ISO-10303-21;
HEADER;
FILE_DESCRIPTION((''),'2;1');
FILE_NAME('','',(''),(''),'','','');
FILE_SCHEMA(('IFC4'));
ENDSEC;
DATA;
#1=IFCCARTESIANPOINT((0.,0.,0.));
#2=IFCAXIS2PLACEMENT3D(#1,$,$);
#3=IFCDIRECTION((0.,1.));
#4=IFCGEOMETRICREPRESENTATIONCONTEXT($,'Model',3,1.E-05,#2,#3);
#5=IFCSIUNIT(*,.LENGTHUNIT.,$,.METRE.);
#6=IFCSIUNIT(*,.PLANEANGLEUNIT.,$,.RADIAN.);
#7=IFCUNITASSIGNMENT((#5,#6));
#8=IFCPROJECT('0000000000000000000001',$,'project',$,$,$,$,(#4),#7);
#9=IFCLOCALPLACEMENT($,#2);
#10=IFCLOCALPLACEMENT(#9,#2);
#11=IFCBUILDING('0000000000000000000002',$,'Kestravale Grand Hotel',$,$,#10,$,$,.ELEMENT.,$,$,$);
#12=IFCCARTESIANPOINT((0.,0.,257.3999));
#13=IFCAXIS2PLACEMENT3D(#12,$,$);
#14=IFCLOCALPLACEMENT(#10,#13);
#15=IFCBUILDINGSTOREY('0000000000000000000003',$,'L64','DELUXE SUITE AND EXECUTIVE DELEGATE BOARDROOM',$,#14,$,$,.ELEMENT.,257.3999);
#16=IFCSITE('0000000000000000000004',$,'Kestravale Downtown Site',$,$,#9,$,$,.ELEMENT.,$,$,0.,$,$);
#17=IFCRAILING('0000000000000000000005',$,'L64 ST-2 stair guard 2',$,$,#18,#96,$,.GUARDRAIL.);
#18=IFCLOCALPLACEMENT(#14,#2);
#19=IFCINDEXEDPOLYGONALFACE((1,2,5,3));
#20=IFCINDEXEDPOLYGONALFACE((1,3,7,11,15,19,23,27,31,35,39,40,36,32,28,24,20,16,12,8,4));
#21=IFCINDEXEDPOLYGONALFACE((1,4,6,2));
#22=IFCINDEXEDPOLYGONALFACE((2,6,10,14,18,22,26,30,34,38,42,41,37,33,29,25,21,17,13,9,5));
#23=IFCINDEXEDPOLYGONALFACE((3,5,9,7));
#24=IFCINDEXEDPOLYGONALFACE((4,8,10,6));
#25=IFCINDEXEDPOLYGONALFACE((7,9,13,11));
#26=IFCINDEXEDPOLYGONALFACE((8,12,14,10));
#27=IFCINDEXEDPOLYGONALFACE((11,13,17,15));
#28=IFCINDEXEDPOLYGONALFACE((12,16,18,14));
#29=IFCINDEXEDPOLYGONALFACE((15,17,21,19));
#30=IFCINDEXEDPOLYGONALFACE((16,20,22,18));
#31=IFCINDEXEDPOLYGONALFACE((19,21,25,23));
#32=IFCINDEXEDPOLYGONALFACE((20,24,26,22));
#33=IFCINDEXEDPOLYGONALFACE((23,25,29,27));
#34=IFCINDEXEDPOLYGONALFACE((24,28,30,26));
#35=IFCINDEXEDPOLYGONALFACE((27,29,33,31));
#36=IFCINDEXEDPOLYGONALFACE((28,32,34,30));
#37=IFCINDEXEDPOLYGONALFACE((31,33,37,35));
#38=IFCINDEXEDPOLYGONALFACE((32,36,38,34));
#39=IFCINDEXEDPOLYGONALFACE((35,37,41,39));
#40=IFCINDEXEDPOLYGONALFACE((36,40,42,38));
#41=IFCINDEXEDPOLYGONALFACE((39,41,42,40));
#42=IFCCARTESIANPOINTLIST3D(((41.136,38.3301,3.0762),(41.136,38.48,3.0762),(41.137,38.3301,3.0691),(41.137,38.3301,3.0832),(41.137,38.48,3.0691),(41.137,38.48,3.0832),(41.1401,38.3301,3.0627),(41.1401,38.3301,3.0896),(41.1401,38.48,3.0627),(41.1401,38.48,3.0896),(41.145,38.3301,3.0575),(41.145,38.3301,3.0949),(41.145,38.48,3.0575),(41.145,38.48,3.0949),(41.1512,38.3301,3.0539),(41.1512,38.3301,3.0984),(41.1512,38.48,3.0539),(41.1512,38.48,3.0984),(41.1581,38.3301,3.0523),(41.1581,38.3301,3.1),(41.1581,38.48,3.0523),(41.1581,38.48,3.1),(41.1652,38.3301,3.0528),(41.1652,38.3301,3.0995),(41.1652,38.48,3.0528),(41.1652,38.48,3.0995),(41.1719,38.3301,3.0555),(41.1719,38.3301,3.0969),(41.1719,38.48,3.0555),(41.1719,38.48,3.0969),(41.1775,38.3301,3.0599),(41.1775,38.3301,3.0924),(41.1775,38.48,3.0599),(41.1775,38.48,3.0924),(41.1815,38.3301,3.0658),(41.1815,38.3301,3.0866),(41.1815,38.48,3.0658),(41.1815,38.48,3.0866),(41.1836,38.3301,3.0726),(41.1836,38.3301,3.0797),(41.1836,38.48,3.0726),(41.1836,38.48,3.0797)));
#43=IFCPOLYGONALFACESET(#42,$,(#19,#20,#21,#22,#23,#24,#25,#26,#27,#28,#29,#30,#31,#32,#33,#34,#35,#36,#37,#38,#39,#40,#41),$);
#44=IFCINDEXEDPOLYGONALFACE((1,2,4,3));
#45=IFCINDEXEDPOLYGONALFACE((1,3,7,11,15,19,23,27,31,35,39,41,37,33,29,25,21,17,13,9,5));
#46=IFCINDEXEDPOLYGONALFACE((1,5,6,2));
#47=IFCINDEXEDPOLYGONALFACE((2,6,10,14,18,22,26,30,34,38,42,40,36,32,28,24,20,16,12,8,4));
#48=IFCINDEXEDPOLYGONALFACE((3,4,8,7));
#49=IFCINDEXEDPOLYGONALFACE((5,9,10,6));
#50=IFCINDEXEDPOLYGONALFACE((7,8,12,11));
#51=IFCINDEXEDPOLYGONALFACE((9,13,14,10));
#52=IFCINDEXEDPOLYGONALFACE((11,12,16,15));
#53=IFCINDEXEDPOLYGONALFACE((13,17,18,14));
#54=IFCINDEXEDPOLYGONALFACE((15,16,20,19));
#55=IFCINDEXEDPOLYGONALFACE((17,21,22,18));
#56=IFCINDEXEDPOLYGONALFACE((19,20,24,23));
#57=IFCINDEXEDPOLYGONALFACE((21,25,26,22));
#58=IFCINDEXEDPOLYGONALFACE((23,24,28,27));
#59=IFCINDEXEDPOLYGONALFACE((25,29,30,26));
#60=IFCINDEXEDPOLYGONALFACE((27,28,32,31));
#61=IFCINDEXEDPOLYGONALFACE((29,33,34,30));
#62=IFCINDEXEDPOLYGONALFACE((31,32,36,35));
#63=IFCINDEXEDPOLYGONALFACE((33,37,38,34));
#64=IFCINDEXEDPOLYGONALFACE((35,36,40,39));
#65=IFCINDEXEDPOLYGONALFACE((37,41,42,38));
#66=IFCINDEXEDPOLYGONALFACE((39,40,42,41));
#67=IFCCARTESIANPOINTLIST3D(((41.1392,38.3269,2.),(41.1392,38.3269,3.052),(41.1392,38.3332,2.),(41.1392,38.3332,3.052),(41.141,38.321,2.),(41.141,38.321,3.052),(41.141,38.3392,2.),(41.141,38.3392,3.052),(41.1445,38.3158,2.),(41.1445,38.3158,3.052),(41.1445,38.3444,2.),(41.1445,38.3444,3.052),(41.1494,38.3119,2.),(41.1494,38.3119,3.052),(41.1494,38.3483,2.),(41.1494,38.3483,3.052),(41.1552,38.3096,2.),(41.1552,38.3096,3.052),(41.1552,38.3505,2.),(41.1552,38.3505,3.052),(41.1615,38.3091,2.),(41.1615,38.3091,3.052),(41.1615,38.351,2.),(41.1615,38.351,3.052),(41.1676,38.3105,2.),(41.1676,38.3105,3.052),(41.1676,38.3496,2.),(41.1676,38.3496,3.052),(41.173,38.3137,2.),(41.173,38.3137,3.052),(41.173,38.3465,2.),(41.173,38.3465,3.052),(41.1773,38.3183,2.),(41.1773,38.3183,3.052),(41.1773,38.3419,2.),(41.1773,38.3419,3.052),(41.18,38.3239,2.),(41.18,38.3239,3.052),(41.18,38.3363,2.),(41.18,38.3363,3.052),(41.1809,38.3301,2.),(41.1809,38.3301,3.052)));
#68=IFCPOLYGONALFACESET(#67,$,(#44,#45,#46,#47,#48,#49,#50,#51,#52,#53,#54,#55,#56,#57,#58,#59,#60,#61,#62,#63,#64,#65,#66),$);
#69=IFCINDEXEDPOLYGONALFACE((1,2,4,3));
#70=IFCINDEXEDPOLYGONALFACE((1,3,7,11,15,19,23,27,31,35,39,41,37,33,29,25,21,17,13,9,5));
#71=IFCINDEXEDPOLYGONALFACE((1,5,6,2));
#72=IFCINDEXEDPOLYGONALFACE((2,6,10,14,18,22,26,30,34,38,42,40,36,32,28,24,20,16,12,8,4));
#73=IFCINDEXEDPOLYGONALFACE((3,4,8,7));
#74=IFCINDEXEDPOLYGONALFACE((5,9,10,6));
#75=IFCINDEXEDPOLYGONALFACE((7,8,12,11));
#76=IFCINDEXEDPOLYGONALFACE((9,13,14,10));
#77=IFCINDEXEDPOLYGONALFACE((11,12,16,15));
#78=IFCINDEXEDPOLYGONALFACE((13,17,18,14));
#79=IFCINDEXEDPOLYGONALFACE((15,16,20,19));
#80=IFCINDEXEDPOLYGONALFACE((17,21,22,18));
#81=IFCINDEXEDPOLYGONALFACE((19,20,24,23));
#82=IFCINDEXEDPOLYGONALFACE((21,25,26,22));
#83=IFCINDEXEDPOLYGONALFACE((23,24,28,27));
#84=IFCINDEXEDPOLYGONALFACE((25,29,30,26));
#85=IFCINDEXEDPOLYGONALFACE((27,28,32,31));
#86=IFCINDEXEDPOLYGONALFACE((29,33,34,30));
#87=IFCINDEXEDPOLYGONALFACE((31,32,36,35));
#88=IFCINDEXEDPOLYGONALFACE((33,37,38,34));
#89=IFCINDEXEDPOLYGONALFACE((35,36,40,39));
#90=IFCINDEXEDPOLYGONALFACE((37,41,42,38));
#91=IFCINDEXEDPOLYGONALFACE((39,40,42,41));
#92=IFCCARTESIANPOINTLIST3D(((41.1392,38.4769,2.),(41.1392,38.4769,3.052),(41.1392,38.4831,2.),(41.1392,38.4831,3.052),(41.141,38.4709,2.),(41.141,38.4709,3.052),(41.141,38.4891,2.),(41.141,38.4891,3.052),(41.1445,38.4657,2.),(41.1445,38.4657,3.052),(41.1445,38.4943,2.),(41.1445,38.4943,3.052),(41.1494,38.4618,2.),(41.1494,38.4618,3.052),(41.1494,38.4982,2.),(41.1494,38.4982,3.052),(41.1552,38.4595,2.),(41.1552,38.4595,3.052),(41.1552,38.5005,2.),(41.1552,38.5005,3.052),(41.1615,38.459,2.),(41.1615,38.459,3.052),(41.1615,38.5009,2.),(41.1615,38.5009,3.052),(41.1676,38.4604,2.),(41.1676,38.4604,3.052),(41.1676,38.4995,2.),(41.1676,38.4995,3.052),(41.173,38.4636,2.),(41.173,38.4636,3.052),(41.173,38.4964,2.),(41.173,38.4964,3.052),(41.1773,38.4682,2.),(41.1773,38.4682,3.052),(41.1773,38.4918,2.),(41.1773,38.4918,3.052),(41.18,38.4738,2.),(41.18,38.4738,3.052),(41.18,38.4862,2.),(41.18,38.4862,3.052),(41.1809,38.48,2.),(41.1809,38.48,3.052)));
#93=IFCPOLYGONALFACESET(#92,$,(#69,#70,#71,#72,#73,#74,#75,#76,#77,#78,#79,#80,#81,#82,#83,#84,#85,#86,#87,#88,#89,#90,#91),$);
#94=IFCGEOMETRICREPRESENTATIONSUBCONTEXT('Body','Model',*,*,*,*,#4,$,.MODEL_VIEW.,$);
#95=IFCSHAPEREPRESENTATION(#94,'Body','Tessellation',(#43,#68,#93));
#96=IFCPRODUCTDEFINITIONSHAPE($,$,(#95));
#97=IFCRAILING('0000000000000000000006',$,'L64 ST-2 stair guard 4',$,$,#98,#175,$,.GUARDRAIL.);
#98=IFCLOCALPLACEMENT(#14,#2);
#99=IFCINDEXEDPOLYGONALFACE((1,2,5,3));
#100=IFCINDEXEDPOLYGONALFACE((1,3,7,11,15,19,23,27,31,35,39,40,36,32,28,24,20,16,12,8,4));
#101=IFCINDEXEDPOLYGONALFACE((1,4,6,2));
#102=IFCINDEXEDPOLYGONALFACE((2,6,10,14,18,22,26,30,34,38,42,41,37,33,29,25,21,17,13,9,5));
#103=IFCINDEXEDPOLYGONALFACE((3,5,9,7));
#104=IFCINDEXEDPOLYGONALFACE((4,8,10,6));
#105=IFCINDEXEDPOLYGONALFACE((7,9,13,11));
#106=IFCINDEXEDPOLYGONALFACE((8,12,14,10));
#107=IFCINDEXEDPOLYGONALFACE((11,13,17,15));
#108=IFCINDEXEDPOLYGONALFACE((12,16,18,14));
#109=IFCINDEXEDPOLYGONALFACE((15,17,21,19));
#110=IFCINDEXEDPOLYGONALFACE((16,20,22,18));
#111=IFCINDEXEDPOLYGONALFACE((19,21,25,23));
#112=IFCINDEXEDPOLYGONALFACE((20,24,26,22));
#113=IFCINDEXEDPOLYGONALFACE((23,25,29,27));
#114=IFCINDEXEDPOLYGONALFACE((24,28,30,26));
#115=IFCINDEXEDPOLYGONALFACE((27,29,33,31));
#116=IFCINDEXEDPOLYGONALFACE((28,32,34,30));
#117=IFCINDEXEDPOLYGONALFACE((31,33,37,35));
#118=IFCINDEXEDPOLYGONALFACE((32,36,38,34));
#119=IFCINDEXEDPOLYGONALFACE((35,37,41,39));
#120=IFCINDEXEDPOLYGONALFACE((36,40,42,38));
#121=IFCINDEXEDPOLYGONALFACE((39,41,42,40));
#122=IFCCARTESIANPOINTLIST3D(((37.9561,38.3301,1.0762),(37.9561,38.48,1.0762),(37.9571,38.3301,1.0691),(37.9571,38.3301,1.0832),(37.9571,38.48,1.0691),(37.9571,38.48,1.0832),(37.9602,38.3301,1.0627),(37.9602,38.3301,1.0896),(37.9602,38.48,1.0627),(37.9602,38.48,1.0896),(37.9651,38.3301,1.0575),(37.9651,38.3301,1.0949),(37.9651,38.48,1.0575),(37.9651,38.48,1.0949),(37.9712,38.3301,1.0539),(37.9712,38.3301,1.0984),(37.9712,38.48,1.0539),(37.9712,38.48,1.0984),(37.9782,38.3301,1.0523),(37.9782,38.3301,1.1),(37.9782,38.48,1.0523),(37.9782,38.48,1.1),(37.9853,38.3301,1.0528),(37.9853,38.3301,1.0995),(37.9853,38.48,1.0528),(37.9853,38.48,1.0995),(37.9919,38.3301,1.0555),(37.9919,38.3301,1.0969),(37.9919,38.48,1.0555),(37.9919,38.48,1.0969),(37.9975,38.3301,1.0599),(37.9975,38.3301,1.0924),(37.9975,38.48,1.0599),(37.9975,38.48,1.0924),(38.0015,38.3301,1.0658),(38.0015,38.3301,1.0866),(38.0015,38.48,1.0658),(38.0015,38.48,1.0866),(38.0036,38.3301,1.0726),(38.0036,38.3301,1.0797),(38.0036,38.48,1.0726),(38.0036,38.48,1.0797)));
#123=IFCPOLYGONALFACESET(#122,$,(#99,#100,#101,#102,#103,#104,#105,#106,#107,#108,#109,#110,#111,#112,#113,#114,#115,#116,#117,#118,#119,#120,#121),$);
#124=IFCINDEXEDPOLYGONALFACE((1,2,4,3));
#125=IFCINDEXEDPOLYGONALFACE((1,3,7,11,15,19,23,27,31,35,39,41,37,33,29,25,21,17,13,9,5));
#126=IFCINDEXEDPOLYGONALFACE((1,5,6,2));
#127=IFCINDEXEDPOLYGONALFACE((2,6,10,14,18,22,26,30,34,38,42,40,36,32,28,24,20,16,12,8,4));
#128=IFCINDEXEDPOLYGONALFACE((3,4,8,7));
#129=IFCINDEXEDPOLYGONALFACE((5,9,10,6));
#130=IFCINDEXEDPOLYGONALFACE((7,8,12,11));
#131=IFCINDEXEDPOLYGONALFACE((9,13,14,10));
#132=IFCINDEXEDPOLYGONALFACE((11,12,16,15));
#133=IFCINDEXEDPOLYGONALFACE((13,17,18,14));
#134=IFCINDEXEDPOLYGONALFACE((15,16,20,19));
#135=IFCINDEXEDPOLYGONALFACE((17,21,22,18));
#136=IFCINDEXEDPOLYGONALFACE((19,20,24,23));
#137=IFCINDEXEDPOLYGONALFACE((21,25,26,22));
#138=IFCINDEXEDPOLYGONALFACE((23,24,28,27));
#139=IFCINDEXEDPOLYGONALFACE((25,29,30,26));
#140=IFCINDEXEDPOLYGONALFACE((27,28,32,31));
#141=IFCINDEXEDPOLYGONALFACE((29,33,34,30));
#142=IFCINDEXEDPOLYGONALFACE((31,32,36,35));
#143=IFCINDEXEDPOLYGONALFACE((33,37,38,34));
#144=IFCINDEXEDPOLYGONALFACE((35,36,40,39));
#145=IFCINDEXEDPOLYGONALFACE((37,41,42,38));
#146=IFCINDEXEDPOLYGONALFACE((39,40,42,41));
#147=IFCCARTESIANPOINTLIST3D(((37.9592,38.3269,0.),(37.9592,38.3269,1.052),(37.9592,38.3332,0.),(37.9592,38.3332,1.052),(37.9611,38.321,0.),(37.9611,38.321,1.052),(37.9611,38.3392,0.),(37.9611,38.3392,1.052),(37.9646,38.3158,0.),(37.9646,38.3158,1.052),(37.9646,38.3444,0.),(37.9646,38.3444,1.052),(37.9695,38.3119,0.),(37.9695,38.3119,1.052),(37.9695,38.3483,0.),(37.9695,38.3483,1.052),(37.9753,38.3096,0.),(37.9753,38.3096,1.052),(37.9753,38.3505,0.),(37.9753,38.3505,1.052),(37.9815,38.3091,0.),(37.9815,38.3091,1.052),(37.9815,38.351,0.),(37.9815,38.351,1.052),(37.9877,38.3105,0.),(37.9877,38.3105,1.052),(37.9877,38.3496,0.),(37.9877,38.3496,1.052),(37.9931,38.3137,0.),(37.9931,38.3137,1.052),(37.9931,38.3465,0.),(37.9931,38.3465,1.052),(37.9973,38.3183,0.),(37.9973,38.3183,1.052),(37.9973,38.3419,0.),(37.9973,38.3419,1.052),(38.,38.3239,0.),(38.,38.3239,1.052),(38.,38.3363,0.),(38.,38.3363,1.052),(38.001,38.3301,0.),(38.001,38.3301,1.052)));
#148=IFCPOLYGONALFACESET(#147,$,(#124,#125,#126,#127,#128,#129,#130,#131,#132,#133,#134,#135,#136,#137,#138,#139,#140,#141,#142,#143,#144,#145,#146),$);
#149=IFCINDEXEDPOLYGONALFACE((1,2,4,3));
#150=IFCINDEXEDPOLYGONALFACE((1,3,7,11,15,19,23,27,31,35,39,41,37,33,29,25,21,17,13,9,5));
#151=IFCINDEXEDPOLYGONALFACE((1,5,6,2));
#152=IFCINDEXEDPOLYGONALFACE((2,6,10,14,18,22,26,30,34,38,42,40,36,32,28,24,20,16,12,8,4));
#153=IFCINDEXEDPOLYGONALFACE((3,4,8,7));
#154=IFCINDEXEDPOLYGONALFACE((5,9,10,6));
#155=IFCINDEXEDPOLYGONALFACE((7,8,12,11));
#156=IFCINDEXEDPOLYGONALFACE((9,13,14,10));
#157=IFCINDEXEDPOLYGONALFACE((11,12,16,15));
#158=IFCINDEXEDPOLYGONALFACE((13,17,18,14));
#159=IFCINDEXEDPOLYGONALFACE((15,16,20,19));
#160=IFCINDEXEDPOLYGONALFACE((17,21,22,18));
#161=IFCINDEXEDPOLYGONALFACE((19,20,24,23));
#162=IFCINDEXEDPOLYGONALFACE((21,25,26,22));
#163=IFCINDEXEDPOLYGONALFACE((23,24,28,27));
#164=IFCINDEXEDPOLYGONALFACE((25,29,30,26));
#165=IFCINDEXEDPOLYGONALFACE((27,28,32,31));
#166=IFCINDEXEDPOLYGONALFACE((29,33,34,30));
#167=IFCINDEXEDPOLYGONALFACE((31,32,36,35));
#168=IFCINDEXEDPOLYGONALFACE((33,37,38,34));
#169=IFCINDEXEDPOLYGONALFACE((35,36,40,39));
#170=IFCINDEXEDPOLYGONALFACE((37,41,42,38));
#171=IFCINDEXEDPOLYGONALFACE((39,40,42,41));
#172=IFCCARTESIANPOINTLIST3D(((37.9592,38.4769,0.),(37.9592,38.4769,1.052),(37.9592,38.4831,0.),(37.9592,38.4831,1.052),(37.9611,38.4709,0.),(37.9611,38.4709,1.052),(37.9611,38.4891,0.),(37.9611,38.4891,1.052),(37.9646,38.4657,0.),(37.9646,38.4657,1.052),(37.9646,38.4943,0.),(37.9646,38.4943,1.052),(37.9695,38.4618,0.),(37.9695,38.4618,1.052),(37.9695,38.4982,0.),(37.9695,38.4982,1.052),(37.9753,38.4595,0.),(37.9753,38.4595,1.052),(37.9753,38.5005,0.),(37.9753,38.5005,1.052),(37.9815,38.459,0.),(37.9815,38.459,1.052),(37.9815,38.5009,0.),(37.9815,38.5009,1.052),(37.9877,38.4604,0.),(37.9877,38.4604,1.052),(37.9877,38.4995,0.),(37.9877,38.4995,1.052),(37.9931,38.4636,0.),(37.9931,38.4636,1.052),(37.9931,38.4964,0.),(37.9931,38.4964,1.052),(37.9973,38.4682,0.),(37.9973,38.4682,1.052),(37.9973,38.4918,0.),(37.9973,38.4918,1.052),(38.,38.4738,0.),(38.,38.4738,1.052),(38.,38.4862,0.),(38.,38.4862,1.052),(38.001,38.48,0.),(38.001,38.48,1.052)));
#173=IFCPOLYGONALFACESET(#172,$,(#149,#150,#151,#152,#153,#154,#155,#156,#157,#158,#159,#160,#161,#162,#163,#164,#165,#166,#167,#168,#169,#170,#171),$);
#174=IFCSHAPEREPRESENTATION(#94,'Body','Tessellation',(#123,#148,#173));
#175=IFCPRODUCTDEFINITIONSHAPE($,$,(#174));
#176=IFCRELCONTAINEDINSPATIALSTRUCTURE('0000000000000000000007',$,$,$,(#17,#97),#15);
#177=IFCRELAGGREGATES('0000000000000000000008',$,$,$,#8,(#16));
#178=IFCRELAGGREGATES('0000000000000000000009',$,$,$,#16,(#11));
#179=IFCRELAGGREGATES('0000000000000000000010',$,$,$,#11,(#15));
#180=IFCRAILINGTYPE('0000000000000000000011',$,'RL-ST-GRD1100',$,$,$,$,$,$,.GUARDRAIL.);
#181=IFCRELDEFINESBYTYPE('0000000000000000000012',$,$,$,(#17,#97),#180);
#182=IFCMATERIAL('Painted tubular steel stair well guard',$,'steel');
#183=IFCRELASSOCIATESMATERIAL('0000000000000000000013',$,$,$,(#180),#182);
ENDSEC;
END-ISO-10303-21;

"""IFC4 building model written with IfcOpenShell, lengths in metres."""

from ifc_helpers import new_model, si_unit, direction, frame, origin, origin_2d, place, context, subcontext, project, spatial, circle, extrude, material, type_object, element, save


model = new_model("IFC4")

# Units and contexts
model_context = context("Model", 3, precision=1e-05, world=origin(), true_north=direction((0.0, 1.0)))
body_context = subcontext(model_context, "Body", "Model", "MODEL_VIEW")
ifc_project = project(units=[si_unit("LENGTHUNIT", "METRE"), si_unit("PLANEANGLEUNIT", "RADIAN")], contexts=[model_context])

# Site, building, storey
site_placement = place(None, origin())
site = spatial("IfcSite", under=ifc_project, at=site_placement, Name="Kestravale Downtown Site", CompositionType="ELEMENT", RefElevation=0.0)
building_placement = place(site_placement, origin())
building = spatial("IfcBuilding", under=site, at=building_placement, Name="Kestravale Grand Hotel", CompositionType="ELEMENT")
storey_placement = place(building_placement, frame((0.0, 0.0, 257.3999)))
storey = spatial("IfcBuildingStorey", under=building, at=storey_placement, Name="L64", Description="DELUXE SUITE AND EXECUTIVE DELEGATE BOARDROOM", CompositionType="ELEMENT", Elevation=257.3999)

# Railings
ifc_material_1 = material(Name="Painted tubular steel stair well guard", Category="steel")
railing_type_1 = type_object("IfcRailingType", Name="RL-ST-GRD1100", PredefinedType="GUARDRAIL", material=ifc_material_1)
for number, where, name in (
    (1, (41.1599, 38.3301, 2.0), "L64 ST-2 stair guard 2"),
    (2, (37.98, 38.3301, 0.0), "L64 ST-2 stair guard 4"),
):
    element("IfcRailing", number, at=place(storey_placement, frame(where)), inside=storey, type_object=railing_type_1, Name=name, PredefinedType="GUARDRAIL", context=body_context, shape_type="SweptSolid", body=[
        extrude(circle(Radius=0.0239, at=origin_2d()), frame((0.0, 0.0, 1.0762), z_axis=(0.0, 1.0, 0.0), x_axis=(-1.0, 0.0, 0.0)), (0.0, 0.0, 1.0), 0.1499),
        extrude(circle(Radius=0.021, at=origin_2d()), origin(), (0.0, 0.0, 1.0), 1.052),
        extrude(circle(Radius=0.021, at=origin_2d()), frame((0.0, 0.1499, 0.0)), (0.0, 0.0, 1.0), 1.052),
    ])

save(model, "model.ifc")
